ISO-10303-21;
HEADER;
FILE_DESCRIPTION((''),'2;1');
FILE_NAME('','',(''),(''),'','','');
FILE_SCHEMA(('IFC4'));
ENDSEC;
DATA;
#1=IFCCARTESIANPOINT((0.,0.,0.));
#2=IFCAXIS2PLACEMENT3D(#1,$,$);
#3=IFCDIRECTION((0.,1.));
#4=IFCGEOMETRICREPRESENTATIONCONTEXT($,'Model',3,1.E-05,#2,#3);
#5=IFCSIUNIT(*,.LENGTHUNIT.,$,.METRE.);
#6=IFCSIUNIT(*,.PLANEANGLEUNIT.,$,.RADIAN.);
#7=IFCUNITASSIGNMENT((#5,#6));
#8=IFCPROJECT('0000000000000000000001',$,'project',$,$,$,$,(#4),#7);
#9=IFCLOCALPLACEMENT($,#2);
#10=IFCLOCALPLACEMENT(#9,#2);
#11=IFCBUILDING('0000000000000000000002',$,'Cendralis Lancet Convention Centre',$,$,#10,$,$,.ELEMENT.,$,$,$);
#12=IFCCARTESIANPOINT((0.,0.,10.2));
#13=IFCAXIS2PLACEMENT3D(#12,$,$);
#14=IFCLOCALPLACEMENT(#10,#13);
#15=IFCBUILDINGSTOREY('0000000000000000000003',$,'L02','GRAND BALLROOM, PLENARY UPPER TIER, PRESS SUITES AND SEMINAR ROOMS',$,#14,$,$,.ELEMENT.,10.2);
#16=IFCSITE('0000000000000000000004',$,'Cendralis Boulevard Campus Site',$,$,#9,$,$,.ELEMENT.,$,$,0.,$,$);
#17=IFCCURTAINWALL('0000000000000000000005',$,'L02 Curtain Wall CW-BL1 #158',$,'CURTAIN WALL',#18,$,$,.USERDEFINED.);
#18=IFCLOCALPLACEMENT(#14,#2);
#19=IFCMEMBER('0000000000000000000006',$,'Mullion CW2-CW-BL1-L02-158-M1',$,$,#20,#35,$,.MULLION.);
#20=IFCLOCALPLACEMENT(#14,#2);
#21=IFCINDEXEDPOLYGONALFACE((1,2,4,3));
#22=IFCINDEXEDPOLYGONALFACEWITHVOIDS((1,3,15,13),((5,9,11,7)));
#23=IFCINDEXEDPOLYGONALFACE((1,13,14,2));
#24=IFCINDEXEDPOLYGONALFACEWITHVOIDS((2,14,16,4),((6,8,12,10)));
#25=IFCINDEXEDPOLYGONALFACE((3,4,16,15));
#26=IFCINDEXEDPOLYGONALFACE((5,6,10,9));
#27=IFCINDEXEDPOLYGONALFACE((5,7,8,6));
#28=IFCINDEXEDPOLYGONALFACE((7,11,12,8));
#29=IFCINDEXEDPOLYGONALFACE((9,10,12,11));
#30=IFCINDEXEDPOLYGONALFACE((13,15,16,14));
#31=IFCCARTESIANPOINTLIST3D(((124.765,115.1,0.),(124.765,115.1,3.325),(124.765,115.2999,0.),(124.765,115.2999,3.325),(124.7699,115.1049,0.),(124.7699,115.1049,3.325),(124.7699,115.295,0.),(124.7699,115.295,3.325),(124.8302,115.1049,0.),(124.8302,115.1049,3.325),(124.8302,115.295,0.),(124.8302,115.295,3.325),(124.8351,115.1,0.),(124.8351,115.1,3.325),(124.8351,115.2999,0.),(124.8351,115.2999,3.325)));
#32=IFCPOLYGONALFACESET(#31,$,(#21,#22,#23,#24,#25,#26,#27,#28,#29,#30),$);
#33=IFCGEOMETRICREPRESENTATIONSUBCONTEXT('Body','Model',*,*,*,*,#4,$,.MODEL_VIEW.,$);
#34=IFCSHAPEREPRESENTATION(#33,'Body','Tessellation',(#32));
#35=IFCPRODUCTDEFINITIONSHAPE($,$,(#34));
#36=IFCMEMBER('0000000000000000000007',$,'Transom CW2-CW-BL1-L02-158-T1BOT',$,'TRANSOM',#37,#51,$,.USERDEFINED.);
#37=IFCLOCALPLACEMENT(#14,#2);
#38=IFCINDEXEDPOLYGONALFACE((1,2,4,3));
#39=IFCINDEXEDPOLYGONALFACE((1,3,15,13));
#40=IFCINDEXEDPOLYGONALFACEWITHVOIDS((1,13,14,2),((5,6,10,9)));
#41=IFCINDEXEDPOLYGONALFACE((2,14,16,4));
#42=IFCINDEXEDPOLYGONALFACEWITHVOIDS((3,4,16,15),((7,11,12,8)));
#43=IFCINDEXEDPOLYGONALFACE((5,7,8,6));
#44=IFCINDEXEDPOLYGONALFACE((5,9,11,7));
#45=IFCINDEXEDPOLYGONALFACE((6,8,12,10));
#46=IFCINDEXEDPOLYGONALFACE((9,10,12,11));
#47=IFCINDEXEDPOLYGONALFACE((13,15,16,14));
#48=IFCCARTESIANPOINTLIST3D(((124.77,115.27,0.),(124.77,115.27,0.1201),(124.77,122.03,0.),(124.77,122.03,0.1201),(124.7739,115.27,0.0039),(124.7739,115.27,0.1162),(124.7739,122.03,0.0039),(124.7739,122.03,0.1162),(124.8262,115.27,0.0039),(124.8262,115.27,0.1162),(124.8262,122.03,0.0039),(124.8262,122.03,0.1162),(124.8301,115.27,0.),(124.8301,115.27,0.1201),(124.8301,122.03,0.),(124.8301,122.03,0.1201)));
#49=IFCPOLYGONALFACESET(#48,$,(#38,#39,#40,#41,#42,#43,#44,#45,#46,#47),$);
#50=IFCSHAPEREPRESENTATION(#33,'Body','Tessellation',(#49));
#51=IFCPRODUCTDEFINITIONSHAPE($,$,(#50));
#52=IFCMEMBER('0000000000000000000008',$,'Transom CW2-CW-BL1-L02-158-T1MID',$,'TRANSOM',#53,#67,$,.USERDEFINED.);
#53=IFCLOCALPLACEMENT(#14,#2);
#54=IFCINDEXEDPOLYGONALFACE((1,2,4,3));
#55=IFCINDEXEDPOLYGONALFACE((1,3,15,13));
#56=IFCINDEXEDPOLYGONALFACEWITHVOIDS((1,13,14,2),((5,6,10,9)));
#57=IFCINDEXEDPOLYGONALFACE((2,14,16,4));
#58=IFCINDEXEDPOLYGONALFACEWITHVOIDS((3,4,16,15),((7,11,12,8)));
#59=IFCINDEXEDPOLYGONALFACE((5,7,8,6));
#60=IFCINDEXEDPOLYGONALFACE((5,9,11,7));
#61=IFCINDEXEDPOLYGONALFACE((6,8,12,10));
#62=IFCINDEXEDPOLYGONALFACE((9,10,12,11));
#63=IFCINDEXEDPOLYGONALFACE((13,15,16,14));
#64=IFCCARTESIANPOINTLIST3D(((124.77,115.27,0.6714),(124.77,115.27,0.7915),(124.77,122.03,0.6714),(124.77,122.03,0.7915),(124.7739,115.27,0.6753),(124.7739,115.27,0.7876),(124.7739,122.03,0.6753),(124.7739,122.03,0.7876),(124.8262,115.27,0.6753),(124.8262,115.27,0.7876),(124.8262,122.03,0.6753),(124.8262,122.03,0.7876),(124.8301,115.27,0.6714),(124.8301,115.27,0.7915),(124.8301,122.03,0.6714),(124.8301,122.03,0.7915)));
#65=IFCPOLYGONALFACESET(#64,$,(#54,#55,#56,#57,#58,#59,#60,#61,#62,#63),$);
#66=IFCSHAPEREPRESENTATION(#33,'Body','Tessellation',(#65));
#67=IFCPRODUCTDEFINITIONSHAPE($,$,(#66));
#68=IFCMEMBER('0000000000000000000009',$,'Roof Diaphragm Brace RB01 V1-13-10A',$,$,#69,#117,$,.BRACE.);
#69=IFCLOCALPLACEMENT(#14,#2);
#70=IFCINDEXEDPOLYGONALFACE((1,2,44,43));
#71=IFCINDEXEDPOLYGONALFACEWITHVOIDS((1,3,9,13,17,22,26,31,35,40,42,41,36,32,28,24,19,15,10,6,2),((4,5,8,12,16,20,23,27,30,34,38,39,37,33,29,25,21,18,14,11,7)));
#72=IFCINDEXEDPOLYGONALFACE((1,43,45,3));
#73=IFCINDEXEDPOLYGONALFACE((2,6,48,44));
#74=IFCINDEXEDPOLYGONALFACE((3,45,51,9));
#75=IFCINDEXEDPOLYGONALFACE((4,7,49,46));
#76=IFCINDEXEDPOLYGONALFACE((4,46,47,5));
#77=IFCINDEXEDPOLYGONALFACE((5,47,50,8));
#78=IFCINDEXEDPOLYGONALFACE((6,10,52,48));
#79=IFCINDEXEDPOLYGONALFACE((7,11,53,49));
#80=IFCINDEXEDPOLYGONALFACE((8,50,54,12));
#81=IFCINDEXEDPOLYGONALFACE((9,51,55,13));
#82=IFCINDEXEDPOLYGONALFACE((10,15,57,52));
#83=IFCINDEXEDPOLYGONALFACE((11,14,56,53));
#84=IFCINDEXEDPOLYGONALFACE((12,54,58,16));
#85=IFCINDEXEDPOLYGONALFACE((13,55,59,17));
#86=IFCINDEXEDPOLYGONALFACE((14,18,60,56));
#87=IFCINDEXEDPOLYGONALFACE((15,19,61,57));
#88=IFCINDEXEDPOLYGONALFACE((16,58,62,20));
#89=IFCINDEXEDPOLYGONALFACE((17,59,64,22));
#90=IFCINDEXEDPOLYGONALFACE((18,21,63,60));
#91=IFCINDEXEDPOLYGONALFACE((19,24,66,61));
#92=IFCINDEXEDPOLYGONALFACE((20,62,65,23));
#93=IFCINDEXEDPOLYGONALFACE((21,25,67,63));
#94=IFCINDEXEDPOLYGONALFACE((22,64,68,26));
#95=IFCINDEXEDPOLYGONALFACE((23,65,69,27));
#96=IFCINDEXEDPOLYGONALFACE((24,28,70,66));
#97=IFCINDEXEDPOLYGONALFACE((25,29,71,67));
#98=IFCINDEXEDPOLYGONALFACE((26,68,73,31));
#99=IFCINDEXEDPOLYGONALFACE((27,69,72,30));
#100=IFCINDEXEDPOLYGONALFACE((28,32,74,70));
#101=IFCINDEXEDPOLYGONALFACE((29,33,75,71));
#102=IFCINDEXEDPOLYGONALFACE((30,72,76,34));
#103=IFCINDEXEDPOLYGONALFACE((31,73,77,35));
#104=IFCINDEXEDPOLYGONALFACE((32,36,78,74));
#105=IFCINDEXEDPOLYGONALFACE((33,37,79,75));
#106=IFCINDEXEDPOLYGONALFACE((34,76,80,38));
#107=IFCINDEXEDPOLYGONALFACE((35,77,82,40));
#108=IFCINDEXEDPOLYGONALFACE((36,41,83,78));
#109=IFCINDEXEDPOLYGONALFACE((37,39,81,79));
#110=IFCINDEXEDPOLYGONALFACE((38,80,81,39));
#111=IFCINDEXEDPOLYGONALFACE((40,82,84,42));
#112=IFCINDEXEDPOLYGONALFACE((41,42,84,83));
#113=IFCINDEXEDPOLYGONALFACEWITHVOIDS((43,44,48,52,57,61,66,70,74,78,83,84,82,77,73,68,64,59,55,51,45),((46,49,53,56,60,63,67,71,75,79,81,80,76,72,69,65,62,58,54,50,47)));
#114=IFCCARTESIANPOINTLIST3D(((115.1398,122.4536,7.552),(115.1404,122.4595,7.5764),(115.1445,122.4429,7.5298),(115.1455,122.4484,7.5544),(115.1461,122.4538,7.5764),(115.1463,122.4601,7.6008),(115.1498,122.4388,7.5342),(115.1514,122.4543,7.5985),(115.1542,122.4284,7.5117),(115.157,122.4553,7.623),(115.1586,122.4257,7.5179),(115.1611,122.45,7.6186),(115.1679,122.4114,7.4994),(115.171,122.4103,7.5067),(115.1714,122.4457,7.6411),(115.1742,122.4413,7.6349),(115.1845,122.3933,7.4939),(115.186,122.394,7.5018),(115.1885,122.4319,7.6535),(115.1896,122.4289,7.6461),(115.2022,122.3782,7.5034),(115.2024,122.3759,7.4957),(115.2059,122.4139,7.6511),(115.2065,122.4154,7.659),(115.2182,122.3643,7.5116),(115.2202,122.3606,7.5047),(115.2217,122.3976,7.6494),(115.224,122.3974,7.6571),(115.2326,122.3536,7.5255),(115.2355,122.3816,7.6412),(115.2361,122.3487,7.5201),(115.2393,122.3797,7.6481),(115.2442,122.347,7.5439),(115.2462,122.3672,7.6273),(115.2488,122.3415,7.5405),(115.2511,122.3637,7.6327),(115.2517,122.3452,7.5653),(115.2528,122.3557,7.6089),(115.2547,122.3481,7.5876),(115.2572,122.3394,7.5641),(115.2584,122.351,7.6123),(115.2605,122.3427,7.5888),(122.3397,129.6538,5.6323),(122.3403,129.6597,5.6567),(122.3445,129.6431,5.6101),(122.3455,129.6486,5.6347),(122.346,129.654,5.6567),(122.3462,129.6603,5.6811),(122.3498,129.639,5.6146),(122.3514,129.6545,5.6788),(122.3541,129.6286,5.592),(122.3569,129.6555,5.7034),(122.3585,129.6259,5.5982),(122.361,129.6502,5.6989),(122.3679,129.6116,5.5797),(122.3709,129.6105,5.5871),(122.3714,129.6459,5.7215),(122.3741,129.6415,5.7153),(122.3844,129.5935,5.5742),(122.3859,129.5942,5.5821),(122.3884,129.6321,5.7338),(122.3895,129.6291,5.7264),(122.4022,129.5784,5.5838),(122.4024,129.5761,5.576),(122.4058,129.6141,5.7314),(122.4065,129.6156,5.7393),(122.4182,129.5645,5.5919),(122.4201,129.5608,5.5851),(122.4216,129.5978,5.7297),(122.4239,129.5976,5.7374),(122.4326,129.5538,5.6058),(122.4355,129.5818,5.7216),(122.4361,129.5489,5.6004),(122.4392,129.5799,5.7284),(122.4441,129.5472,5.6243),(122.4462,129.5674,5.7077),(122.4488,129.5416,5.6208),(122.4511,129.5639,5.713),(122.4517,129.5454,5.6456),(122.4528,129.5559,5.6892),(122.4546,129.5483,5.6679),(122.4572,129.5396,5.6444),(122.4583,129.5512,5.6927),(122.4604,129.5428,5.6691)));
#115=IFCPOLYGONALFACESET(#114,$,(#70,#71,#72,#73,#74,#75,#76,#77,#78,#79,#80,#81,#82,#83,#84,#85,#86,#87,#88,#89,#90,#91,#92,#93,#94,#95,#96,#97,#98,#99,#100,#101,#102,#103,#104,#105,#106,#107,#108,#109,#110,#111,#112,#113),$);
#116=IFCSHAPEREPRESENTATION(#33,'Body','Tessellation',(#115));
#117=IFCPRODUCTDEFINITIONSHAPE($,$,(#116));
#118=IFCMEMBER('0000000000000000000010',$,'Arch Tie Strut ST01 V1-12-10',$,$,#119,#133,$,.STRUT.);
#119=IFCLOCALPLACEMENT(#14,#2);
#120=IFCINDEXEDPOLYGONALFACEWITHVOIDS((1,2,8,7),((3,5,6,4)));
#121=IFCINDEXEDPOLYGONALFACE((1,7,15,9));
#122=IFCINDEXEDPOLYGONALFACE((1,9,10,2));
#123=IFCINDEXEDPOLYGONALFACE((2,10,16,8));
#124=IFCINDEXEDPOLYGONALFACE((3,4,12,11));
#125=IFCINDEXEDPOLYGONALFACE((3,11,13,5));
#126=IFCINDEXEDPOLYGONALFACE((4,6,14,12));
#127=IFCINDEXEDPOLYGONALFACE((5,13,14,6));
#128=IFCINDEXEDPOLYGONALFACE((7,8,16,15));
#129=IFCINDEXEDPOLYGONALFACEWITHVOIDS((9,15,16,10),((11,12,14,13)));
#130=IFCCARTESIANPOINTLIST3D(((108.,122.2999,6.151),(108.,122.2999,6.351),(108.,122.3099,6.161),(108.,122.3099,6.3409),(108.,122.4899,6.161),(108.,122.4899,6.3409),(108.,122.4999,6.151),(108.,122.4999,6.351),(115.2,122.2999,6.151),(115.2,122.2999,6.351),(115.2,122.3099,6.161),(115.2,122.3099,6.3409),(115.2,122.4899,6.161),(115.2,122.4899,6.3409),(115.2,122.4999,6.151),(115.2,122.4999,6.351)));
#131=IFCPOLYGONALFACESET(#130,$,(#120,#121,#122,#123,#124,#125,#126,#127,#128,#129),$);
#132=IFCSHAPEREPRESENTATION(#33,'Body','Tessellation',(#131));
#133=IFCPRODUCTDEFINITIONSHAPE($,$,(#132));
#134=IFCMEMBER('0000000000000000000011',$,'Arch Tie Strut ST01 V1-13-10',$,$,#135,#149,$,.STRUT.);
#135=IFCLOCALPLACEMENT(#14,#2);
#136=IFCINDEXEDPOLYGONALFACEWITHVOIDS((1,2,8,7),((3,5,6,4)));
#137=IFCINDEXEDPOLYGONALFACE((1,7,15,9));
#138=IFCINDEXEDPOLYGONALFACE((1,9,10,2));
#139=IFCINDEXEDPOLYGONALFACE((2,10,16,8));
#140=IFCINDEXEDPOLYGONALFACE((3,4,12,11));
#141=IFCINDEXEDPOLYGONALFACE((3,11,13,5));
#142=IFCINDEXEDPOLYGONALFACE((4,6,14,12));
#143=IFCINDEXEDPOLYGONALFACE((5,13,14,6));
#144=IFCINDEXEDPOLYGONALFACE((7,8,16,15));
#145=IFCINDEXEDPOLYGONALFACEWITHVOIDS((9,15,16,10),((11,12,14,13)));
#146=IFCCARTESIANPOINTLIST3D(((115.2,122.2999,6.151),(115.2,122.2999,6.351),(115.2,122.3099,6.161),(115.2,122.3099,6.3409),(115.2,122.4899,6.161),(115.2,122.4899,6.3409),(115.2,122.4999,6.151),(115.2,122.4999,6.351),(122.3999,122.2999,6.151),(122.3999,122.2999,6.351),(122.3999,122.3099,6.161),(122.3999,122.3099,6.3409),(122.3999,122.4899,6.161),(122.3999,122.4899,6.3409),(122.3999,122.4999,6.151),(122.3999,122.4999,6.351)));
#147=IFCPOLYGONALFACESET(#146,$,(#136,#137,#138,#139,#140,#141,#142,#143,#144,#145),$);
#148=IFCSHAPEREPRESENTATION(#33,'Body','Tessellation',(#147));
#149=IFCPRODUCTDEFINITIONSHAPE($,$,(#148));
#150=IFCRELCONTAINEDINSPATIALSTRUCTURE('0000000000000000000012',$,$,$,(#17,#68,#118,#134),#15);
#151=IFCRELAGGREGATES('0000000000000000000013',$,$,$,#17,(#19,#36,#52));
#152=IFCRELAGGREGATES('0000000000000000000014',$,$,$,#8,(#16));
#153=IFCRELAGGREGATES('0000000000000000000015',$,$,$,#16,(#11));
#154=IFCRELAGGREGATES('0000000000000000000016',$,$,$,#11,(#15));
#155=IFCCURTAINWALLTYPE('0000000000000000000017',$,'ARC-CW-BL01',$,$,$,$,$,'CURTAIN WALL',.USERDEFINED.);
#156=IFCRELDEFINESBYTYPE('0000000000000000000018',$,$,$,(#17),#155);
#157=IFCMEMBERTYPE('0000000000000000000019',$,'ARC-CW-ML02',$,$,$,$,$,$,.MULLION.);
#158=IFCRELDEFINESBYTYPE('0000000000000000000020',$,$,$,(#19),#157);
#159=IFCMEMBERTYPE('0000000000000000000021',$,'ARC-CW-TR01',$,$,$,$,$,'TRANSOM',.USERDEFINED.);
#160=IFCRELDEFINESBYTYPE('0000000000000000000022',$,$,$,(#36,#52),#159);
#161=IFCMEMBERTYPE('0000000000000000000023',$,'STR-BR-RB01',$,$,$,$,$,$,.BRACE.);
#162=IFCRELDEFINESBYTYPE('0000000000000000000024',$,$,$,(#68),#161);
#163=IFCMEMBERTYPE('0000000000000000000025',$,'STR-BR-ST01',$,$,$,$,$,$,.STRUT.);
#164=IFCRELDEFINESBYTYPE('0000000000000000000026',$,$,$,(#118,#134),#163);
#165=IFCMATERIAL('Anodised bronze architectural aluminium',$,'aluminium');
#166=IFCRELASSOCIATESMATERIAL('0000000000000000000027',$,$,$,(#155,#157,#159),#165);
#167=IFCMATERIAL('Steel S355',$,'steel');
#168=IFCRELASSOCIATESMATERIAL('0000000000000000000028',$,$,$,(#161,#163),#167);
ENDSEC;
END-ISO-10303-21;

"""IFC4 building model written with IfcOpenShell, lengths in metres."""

from ifc_helpers import new_model, si_unit, direction, frame, origin, origin_2d, place, context, subcontext, project, spatial, hollow_rectangle, hollow_circle, extrude, material, material_profile, profile_set, type_object, element, aggregate, save


model = new_model("IFC4")

# Units and contexts
model_context = context("Model", 3, precision=1e-05, world=origin(), true_north=direction((0.0, 1.0)))
body_context = subcontext(model_context, "Body", "Model", "MODEL_VIEW")
ifc_project = project(units=[si_unit("LENGTHUNIT", "METRE"), si_unit("PLANEANGLEUNIT", "RADIAN")], contexts=[model_context])

# Site, building, storey
site_placement = place(None, origin())
site = spatial("IfcSite", under=ifc_project, at=site_placement, Name="Cendralis Boulevard Campus Site", CompositionType="ELEMENT", RefElevation=0.0)
building_placement = place(site_placement, origin())
building = spatial("IfcBuilding", under=site, at=building_placement, Name="Cendralis Lancet Convention Centre", CompositionType="ELEMENT")
storey_placement = place(building_placement, frame((0.0, 0.0, 10.2)))
storey = spatial("IfcBuildingStorey", under=building, at=storey_placement, Name="L02", Description="GRAND BALLROOM, PLENARY UPPER TIER, PRESS SUITES AND SEMINAR ROOMS", CompositionType="ELEMENT", Elevation=10.2)

# Curtain wall, members
ifc_material_1 = material(Name="Anodised bronze architectural aluminium", Category="aluminium")
curtain_wall_type = type_object("IfcCurtainWallType", Name="ARC-CW-BL01", ElementType="CURTAIN WALL", PredefinedType="USERDEFINED", material=ifc_material_1)
curtain_wall_placement = place(storey_placement, origin())
curtain_wall = element("IfcCurtainWall", 1, at=curtain_wall_placement, inside=storey, type_object=curtain_wall_type, Name="L02 Curtain Wall CW-BL1 #158", ObjectType="CURTAIN WALL", PredefinedType="USERDEFINED")
ifc_material_profile_1 = material_profile(ifc_material_1, hollow_rectangle(XDim=0.0701, YDim=0.2, WallThickness=0.0049, at=origin_2d()), Name="AL-MULL 70x200x5.0")
ifc_profile_set_1 = profile_set([ifc_material_profile_1], Name="Anodised bronze architectural aluminium")
member_type_1 = type_object("IfcMemberType", Name="ARC-CW-ML02", PredefinedType="MULLION", material=ifc_profile_set_1)
member_1_placement = place(storey_placement, frame((124.8, 115.2, 0.0), z_axis=(0.0, 0.0, 1.0), x_axis=(1.0, 0.0, 0.0)))
member_1 = element("IfcMember", 2, at=member_1_placement, type_object=member_type_1, Name="Mullion CW2-CW-BL1-L02-158-M1", PredefinedType="MULLION", context=body_context, shape_type="SweptSolid", body=[
    extrude(hollow_rectangle(XDim=0.0701, YDim=0.2, WallThickness=0.0049, at=origin_2d()), origin(), (0.0, 0.0, 1.0), 3.325),
])
ifc_material_profile_2 = material_profile(ifc_material_1, hollow_rectangle(XDim=0.0601, YDim=0.1201, WallThickness=0.0039, at=origin_2d()), Name="AL-TRAN 60x120x4.0")
ifc_profile_set_2 = profile_set([ifc_material_profile_2], Name="Anodised bronze architectural aluminium")
member_type_2 = type_object("IfcMemberType", Name="ARC-CW-TR01", ElementType="TRANSOM", PredefinedType="USERDEFINED", material=ifc_profile_set_2)
member_2_placement = place(storey_placement, frame((124.8, 115.27, 0.0601), z_axis=(0.0, 1.0, 0.0), x_axis=(-1.0, 0.0, 0.0)))
member_2 = element("IfcMember", 3, at=member_2_placement, type_object=member_type_2, Name="Transom CW2-CW-BL1-L02-158-T1BOT", ObjectType="TRANSOM", PredefinedType="USERDEFINED", context=body_context, shape_type="SweptSolid", body=[
    extrude(hollow_rectangle(XDim=0.0601, YDim=0.1201, WallThickness=0.0039, at=origin_2d()), origin(), (0.0, 0.0, 1.0), 6.76),
])
member_3_placement = place(storey_placement, frame((124.8, 115.27, 0.7314), z_axis=(0.0, 1.0, 0.0), x_axis=(-1.0, 0.0, 0.0)))
member_3 = element("IfcMember", 4, at=member_3_placement, type_object=member_type_2, Name="Transom CW2-CW-BL1-L02-158-T1MID", ObjectType="TRANSOM", PredefinedType="USERDEFINED", context=body_context, shape_type="SweptSolid", body=[
    extrude(hollow_rectangle(XDim=0.0601, YDim=0.1201, WallThickness=0.0039, at=origin_2d()), origin(), (0.0, 0.0, 1.0), 6.76),
])
aggregate(curtain_wall, [member_1, member_2, member_3])

# Members
ifc_material_2 = material(Name="Steel S355", Category="steel")
ifc_material_profile_3 = material_profile(ifc_material_2, hollow_circle(Radius=0.0842, WallThickness=0.0081, at=origin_2d()), Name="CHS 168.3x8.0")
ifc_profile_set_3 = profile_set([ifc_material_profile_3], Name="Steel S355")
member_type_3 = type_object("IfcMemberType", Name="STR-BR-RB01", PredefinedType="BRACE", material=ifc_profile_set_3)
member_4_placement = place(storey_placement, frame((115.2, 122.3999, 7.5764), z_axis=(0.694854, 0.694878, -0.185265), x_axis=(-0.707119, 0.707095, 0.0)))
element("IfcMember", 5, at=member_4_placement, inside=storey, type_object=member_type_3, Name="Roof Diaphragm Brace RB01 V1-13-10A", PredefinedType="BRACE", context=body_context, shape_type="SweptSolid", body=[
    extrude(hollow_circle(Radius=0.0842, WallThickness=0.0081, at=origin_2d()), origin(), (0.0, 0.0, 1.0), 10.3618),
])
ifc_material_profile_4 = material_profile(ifc_material_2, hollow_rectangle(XDim=0.2, YDim=0.2, WallThickness=0.01, at=origin_2d()), Name="SHS 200x200x10.0")
ifc_profile_set_4 = profile_set([ifc_material_profile_4], Name="Steel S355")
member_type_4 = type_object("IfcMemberType", Name="STR-BR-ST01", PredefinedType="STRUT", material=ifc_profile_set_4)
for number, where, z_axis, x_axis, name in (
    (6, (108.0, 122.3999, 6.251), (1.0, 0.0, 0.0), (0.0, 1.0, 0.0), "Arch Tie Strut ST01 V1-12-10"),
    (7, (115.2, 122.3999, 6.251), (1.0, 0.0, 0.0), (0.0, 1.0, 0.0), "Arch Tie Strut ST01 V1-13-10"),
):
    element("IfcMember", number, at=place(storey_placement, frame(where, z_axis=z_axis, x_axis=x_axis)), inside=storey, type_object=member_type_4, Name=name, PredefinedType="STRUT", context=body_context, shape_type="SweptSolid", body=[
        extrude(hollow_rectangle(XDim=0.2, YDim=0.2, WallThickness=0.01, at=origin_2d()), origin(), (0.0, 0.0, 1.0), 7.2),
    ])

save(model, "model.ifc")
